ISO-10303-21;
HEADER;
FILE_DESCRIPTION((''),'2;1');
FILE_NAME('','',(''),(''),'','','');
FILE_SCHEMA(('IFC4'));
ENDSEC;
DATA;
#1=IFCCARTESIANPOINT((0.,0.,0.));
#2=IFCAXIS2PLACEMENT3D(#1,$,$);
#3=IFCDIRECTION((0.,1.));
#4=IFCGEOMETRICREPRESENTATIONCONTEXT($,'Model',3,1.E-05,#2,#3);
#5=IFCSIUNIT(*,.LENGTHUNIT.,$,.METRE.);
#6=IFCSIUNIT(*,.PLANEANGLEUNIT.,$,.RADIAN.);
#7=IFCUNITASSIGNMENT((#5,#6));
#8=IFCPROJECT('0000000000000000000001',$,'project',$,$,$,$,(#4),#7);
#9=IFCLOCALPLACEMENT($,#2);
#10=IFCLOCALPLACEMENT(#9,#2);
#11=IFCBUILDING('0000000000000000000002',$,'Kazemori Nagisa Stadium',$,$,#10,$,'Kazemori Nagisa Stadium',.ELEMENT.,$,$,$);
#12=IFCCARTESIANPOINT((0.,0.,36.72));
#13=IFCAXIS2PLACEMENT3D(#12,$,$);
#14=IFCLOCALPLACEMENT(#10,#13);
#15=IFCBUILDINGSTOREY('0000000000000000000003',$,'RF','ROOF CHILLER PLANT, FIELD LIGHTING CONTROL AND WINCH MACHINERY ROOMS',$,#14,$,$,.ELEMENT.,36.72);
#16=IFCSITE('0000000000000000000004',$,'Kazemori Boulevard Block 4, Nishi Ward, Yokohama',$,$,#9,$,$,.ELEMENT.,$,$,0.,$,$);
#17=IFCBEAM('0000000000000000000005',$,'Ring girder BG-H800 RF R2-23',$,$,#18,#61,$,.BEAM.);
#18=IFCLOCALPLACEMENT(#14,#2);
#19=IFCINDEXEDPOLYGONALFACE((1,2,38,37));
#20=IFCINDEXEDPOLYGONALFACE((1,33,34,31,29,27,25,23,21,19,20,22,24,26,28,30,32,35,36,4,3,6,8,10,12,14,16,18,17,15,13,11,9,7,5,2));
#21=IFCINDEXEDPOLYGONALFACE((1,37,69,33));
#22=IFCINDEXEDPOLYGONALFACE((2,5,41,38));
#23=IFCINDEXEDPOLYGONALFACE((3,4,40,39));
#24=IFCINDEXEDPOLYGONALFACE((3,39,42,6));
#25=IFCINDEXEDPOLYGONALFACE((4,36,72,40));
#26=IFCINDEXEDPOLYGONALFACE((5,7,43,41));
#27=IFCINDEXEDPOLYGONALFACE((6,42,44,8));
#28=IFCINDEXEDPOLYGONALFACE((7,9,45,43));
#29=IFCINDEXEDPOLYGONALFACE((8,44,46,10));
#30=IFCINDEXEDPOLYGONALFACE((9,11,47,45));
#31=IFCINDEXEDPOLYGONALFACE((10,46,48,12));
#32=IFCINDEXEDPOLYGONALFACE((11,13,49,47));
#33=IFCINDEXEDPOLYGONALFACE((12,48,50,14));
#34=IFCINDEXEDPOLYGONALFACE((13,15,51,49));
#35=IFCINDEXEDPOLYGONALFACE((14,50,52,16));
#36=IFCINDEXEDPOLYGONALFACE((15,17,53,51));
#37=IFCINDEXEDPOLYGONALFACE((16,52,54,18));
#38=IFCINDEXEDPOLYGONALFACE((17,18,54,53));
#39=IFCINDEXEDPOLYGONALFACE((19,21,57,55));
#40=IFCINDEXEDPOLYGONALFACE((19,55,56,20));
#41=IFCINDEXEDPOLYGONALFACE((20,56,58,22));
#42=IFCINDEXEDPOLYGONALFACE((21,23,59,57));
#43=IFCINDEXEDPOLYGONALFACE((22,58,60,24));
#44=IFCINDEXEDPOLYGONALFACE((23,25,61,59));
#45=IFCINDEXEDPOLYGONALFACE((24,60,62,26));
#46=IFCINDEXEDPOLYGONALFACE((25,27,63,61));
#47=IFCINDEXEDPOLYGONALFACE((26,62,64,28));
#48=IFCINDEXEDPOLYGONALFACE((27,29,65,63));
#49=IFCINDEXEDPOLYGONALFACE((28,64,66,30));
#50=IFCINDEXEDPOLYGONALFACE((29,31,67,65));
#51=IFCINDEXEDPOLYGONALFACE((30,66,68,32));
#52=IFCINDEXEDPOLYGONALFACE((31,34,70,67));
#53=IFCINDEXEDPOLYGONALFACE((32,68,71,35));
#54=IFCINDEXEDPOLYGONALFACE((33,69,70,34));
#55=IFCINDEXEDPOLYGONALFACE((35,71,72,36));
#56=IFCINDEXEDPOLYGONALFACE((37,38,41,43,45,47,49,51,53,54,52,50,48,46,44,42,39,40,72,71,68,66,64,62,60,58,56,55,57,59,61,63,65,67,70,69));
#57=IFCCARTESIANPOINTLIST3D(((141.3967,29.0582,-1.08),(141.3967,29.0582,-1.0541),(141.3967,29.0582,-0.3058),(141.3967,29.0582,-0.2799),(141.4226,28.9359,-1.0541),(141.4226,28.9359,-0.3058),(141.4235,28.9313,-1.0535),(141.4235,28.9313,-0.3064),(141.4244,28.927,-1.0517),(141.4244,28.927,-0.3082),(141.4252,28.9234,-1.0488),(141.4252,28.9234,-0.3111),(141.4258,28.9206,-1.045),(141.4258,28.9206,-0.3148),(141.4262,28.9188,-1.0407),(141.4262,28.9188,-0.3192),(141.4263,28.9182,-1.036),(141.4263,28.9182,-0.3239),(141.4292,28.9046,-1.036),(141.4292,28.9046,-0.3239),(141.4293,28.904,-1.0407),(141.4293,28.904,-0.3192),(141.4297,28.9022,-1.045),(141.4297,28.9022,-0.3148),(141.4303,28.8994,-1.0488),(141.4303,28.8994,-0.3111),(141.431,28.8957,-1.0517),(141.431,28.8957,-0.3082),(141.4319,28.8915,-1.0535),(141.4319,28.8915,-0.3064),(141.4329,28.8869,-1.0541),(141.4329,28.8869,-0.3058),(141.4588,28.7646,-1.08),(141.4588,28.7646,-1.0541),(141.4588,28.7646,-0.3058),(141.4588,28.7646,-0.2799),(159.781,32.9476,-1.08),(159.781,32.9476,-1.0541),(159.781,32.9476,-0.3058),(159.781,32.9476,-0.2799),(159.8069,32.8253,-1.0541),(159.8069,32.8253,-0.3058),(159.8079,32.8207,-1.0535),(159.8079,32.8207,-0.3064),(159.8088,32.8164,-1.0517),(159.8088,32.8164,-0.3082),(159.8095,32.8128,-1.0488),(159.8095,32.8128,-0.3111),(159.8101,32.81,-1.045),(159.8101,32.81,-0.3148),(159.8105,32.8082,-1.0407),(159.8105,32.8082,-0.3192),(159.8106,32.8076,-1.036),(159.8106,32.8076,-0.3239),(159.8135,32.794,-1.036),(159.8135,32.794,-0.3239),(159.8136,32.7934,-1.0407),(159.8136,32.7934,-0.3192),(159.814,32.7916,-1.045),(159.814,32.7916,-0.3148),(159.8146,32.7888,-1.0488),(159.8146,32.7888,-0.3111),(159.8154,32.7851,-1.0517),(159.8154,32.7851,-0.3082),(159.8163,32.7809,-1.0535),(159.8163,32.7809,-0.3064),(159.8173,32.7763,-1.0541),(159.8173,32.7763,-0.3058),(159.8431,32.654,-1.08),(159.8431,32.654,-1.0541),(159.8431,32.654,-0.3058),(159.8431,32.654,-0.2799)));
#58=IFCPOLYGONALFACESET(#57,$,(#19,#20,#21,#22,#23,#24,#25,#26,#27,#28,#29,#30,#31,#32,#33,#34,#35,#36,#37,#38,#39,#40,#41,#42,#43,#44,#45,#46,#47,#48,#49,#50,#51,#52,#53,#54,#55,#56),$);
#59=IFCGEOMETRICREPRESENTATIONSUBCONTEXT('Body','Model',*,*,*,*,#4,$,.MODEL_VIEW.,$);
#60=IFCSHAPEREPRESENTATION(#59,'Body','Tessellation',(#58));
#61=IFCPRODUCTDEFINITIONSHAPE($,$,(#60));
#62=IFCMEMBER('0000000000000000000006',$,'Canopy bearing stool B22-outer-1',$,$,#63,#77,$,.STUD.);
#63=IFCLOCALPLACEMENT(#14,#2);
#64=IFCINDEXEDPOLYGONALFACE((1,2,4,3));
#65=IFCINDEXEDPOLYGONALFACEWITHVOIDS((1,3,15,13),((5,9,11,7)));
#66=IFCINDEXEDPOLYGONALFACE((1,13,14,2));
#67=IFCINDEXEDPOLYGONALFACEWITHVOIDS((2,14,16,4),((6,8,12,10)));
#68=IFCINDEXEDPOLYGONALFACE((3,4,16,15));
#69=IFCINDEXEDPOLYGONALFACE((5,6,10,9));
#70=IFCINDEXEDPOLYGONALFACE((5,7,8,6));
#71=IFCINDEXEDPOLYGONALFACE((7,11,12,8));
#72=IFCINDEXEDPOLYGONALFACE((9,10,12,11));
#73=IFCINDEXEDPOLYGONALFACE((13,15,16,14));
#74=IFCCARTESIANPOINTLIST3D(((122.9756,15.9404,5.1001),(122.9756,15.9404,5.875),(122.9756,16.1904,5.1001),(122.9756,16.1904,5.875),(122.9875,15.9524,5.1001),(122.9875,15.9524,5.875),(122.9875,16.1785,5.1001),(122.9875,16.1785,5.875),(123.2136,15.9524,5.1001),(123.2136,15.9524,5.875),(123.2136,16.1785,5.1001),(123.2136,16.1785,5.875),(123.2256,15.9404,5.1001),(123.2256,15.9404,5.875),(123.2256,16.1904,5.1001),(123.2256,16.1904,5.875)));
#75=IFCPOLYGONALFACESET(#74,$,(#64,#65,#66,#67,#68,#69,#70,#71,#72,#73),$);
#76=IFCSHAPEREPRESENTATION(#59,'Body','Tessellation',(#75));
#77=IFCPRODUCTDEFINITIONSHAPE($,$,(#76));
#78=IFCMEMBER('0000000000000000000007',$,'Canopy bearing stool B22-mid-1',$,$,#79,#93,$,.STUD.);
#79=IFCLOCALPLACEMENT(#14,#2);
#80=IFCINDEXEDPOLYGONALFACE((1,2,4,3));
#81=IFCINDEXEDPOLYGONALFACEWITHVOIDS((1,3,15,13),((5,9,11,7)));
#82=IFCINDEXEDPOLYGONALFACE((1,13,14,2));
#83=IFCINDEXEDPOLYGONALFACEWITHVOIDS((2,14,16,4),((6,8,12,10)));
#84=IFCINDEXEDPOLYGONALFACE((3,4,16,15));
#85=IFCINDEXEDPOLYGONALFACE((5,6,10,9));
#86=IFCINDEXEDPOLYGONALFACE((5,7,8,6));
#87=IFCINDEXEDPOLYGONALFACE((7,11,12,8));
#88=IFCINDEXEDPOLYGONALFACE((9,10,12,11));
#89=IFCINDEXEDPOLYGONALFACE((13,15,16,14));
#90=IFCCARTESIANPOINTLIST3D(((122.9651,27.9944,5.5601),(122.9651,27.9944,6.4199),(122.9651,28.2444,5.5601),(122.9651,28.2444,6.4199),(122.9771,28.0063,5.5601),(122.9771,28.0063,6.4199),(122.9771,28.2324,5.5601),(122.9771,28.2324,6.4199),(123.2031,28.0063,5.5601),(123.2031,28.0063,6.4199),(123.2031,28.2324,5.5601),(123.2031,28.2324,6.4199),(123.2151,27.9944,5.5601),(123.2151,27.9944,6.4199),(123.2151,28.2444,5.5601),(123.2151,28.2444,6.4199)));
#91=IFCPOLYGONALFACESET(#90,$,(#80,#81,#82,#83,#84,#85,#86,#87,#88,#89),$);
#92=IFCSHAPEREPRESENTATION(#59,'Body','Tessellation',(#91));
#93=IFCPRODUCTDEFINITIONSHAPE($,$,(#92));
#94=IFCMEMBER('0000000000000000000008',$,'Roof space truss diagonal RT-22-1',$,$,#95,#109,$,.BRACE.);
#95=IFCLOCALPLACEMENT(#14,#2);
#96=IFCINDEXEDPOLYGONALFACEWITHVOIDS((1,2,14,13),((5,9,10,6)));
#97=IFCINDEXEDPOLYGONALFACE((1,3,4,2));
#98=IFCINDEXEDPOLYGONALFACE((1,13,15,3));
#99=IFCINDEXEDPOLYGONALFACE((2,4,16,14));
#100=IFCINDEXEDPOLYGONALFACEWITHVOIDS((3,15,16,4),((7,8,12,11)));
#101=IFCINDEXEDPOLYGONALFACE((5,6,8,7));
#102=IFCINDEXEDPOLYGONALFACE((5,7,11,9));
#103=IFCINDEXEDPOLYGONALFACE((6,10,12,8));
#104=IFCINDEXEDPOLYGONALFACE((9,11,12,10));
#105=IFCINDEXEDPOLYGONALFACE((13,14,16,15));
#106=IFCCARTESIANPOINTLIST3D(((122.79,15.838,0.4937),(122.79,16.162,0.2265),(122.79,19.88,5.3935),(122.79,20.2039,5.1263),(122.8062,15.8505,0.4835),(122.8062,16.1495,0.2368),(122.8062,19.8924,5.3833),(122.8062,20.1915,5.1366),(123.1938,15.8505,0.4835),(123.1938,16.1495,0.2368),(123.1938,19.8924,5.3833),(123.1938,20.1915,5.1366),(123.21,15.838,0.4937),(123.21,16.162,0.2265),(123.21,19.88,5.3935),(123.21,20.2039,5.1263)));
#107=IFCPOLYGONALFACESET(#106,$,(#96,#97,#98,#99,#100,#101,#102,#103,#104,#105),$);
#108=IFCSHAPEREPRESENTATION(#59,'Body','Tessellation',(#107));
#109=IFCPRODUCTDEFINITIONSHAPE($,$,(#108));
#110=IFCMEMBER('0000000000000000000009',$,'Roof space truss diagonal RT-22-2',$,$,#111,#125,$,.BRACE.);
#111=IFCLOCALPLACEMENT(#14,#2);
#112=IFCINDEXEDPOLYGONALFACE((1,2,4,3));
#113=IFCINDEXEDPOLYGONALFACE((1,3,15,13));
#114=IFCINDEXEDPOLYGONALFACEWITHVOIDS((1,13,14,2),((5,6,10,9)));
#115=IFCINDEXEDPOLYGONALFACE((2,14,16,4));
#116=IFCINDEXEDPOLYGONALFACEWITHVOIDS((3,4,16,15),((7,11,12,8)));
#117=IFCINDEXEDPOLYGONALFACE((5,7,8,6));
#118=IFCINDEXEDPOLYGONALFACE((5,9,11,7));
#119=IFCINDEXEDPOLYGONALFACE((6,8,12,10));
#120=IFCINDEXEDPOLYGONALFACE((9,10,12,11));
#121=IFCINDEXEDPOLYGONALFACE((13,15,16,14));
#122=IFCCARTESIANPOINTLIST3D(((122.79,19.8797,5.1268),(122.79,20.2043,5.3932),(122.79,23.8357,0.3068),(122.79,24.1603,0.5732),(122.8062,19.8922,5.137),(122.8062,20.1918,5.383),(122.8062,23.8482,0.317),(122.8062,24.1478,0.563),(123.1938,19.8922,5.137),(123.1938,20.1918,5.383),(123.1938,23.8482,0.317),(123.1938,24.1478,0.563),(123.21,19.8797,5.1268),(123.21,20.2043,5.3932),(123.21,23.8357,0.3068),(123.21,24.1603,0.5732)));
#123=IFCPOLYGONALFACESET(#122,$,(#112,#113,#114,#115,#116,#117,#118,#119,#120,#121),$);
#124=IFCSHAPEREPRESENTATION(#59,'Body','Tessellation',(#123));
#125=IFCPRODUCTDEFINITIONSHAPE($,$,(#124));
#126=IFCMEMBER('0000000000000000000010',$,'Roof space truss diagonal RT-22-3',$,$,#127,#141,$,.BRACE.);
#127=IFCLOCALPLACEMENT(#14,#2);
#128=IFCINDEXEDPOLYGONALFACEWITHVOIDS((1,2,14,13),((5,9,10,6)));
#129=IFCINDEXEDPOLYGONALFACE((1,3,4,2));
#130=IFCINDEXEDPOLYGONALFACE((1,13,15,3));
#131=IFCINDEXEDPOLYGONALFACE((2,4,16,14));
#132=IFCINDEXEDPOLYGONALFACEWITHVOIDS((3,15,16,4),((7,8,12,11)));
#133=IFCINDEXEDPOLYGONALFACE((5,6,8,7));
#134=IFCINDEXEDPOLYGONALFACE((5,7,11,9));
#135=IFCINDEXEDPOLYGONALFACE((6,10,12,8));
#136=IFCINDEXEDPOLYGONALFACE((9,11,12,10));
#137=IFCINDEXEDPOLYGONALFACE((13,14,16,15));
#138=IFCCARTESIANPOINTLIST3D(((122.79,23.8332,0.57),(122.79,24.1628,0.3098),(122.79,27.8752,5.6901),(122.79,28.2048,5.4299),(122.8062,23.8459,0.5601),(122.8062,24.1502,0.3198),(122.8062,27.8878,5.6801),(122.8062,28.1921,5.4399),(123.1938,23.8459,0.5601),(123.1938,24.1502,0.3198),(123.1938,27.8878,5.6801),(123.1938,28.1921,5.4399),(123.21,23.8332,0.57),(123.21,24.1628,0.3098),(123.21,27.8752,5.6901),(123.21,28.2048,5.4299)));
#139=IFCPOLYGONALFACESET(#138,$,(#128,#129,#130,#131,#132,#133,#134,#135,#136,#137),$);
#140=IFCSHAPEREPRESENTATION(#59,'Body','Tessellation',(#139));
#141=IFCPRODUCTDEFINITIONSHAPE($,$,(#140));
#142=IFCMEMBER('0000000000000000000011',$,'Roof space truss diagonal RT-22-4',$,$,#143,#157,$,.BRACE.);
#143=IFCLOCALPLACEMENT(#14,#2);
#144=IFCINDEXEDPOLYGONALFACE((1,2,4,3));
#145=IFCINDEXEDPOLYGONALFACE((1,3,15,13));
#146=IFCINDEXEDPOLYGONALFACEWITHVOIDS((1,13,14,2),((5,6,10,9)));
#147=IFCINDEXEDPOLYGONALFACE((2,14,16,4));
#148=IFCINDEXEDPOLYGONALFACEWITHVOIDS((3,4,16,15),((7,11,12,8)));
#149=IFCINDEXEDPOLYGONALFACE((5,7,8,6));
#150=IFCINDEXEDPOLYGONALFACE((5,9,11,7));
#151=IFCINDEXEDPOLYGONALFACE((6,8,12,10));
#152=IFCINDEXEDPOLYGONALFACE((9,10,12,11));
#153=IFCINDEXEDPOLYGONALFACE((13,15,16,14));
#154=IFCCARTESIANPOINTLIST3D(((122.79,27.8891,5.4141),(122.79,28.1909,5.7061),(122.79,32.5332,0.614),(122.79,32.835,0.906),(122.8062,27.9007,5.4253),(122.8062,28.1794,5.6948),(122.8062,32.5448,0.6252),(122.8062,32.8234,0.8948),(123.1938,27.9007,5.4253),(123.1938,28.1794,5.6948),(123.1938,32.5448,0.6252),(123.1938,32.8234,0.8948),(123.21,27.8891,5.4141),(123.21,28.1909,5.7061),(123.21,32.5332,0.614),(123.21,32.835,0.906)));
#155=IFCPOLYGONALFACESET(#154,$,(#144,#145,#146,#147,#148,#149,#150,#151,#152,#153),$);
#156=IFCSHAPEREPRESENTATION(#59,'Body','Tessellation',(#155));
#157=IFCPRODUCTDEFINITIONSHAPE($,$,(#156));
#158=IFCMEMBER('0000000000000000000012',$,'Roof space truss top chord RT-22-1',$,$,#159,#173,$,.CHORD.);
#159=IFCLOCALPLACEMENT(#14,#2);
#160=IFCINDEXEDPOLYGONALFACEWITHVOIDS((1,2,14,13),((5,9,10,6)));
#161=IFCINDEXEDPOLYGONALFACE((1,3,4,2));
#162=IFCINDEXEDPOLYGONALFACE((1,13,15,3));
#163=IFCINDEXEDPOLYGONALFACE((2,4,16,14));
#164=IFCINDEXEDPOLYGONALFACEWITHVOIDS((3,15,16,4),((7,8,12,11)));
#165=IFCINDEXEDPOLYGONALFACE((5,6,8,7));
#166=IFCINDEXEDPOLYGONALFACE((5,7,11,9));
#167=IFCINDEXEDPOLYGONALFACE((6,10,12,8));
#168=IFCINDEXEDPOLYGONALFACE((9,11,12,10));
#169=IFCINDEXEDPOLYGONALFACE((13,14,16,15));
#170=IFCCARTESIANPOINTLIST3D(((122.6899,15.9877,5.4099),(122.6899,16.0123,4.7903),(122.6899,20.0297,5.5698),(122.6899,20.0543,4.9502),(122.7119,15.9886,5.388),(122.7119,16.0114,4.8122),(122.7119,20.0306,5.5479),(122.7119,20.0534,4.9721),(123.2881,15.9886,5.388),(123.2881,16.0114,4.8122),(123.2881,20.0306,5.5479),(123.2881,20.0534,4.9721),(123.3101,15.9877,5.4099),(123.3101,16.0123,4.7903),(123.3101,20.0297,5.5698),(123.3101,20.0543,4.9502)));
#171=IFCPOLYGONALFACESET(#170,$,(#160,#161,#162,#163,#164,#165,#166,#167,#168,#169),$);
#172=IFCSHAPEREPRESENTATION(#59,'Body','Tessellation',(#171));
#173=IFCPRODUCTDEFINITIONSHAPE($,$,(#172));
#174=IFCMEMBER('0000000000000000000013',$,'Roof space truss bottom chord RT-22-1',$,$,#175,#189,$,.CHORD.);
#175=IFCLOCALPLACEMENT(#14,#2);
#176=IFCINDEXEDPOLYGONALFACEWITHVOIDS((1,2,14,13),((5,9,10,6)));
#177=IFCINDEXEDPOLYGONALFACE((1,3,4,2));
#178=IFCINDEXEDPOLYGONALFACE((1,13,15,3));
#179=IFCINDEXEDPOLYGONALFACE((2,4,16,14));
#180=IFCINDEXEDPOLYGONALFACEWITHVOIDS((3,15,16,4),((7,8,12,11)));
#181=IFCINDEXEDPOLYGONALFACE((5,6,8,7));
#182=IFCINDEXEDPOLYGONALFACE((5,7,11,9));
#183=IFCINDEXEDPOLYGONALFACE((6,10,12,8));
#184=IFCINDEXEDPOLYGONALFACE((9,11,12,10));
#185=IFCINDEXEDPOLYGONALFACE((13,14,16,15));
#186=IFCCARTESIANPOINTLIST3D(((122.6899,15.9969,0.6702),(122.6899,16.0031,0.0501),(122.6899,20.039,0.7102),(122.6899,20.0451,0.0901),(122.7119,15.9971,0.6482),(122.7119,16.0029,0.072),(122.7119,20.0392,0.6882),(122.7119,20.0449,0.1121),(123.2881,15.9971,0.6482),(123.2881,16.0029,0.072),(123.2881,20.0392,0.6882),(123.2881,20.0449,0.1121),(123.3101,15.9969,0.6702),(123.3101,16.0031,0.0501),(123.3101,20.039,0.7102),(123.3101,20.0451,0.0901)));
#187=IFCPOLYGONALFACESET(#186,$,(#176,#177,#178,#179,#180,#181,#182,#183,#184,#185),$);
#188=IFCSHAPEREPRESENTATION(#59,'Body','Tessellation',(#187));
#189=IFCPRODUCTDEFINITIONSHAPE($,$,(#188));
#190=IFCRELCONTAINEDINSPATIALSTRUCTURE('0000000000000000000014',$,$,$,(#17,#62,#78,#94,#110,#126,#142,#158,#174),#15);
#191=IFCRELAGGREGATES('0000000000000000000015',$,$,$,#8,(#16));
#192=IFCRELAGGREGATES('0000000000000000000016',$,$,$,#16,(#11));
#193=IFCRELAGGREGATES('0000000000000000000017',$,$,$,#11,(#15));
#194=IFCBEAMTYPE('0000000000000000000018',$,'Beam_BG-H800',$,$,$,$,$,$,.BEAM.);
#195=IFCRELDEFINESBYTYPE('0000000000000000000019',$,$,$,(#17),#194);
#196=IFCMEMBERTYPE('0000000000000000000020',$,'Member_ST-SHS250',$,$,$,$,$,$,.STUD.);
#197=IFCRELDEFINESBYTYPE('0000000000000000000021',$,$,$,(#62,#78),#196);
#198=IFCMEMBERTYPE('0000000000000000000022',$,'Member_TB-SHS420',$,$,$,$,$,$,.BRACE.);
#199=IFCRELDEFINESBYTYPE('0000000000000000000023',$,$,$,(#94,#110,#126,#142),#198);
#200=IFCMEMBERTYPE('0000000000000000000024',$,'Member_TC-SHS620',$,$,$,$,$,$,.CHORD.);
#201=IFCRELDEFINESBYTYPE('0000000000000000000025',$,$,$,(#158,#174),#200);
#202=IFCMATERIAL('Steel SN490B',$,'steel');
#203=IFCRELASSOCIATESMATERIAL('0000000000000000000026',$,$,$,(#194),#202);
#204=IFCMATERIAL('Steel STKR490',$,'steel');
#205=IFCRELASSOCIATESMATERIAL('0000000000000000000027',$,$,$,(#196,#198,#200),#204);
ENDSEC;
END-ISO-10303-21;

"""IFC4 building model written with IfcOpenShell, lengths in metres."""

from ifc_helpers import new_model, si_unit, direction, frame, origin, origin_2d, place, context, subcontext, project, spatial, hollow_rectangle, i_section, extrude, material, material_profile, profile_set, type_object, element, save


model = new_model("IFC4")

# Units and contexts
model_context = context("Model", 3, precision=1e-05, world=origin(), true_north=direction((0.0, 1.0)))
body_context = subcontext(model_context, "Body", "Model", "MODEL_VIEW")
ifc_project = project(units=[si_unit("LENGTHUNIT", "METRE"), si_unit("PLANEANGLEUNIT", "RADIAN")], contexts=[model_context])

# Site, building, storey
site_placement = place(None, origin())
site = spatial("IfcSite", under=ifc_project, at=site_placement, Name="Kazemori Boulevard Block 4, Nishi Ward, Yokohama", CompositionType="ELEMENT", RefElevation=0.0)
building_placement = place(site_placement, origin())
building = spatial("IfcBuilding", under=site, at=building_placement, Name="Kazemori Nagisa Stadium", LongName="Kazemori Nagisa Stadium", CompositionType="ELEMENT")
storey_placement = place(building_placement, frame((0.0, 0.0, 36.72)))
storey = spatial("IfcBuildingStorey", under=building, at=storey_placement, Name="RF", Description="ROOF CHILLER PLANT, FIELD LIGHTING CONTROL AND WINCH MACHINERY ROOMS", CompositionType="ELEMENT", Elevation=36.72)

# Shared definitions
ifc_material_1 = material(Name="Steel SN490B", Category="steel")

# Beam
ifc_material_profile_1 = material_profile(ifc_material_1, i_section(OverallWidth=0.3, OverallDepth=0.8, WebThickness=0.0139, FlangeThickness=0.0259, FilletRadius=0.0181, at=origin_2d()), Name="H-800x300x14x26")
ifc_profile_set_1 = profile_set([ifc_material_profile_1], Name="Steel SN490B")
beam_type_1 = type_object("IfcBeamType", Name="Beam_BG-H800", PredefinedType="BEAM", material=ifc_profile_set_1)
beam_1_placement = place(storey_placement, frame((141.4277, 28.9114, -0.6799), z_axis=(0.978345, 0.20698, 0.0), x_axis=(-0.20698, 0.978345, 0.0)))
element("IfcBeam", 1, at=beam_1_placement, inside=storey, type_object=beam_type_1, Name="Ring girder BG-H800 RF R2-23", PredefinedType="BEAM", context=body_context, shape_type="SweptSolid", body=[
    extrude(i_section(OverallWidth=0.3, OverallDepth=0.8, WebThickness=0.0139, FlangeThickness=0.0259, FilletRadius=0.0181, at=origin_2d()), origin(), (0.0, 0.0, 1.0), 18.7913),
])

# Members
ifc_material_2 = material(Name="Steel STKR490", Category="steel")
ifc_material_profile_2 = material_profile(ifc_material_2, hollow_rectangle(XDim=0.25, YDim=0.25, WallThickness=0.012, at=origin_2d()), Name="SHS-250x250x12")
ifc_profile_set_2 = profile_set([ifc_material_profile_2], Name="Steel STKR490")
member_type_1 = type_object("IfcMemberType", Name="Member_ST-SHS250", PredefinedType="STUD", material=ifc_profile_set_2)
member_1_placement = place(storey_placement, frame((123.1006, 16.0654, 5.1001), z_axis=(0.0, 0.0, 1.0), x_axis=(1.0, 0.0, 0.0)))
element("IfcMember", 2, at=member_1_placement, inside=storey, type_object=member_type_1, Name="Canopy bearing stool B22-outer-1", PredefinedType="STUD", context=body_context, shape_type="SweptSolid", body=[
    extrude(hollow_rectangle(XDim=0.25, YDim=0.25, WallThickness=0.012, at=origin_2d()), origin(), (0.0, 0.0, 1.0), 0.7749),
])
member_2_placement = place(storey_placement, frame((123.0901, 28.1194, 5.5601), z_axis=(0.0, 0.0, 1.0), x_axis=(1.0, 0.0, 0.0)))
element("IfcMember", 3, at=member_2_placement, inside=storey, type_object=member_type_1, Name="Canopy bearing stool B22-mid-1", PredefinedType="STUD", context=body_context, shape_type="SweptSolid", body=[
    extrude(hollow_rectangle(XDim=0.25, YDim=0.25, WallThickness=0.012, at=origin_2d()), origin(), (0.0, 0.0, 1.0), 0.8599),
])
ifc_material_profile_3 = material_profile(ifc_material_2, hollow_rectangle(XDim=0.4199, YDim=0.4199, WallThickness=0.0161, at=origin_2d()), Name="SHS-420x420x16")
ifc_profile_set_3 = profile_set([ifc_material_profile_3], Name="Steel STKR490")
member_type_2 = type_object("IfcMemberType", Name="Member_TB-SHS420", PredefinedType="BRACE", material=ifc_profile_set_3)
member_3_placement = place(storey_placement, frame((123.0, 16.0, 0.3601), z_axis=(0.0, 0.636343, 0.771406), x_axis=(-1.0, 0.0, 0.0)))
element("IfcMember", 4, at=member_3_placement, inside=storey, type_object=member_type_2, Name="Roof space truss diagonal RT-22-1", PredefinedType="BRACE", context=body_context, shape_type="SweptSolid", body=[
    extrude(hollow_rectangle(XDim=0.4199, YDim=0.4199, WallThickness=0.0161, at=origin_2d()), origin(), (0.0, 0.0, 1.0), 6.3518),
])
member_4_placement = place(storey_placement, frame((123.0, 20.042, 5.26), z_axis=(0.0, 0.634425, -0.772985), x_axis=(-1.0, 0.0, 0.0)))
element("IfcMember", 5, at=member_4_placement, inside=storey, type_object=member_type_2, Name="Roof space truss diagonal RT-22-2", PredefinedType="BRACE", context=body_context, shape_type="SweptSolid", body=[
    extrude(hollow_rectangle(XDim=0.4199, YDim=0.4199, WallThickness=0.0161, at=origin_2d()), origin(), (0.0, 0.0, 1.0), 6.2356),
])
member_5_placement = place(storey_placement, frame((123.0, 23.998, 0.4399), z_axis=(0.0, 0.619625, 0.784898), x_axis=(-1.0, 0.0, 0.0)))
element("IfcMember", 6, at=member_5_placement, inside=storey, type_object=member_type_2, Name="Roof space truss diagonal RT-22-3", PredefinedType="BRACE", context=body_context, shape_type="SweptSolid", body=[
    extrude(hollow_rectangle(XDim=0.4199, YDim=0.4199, WallThickness=0.0161, at=origin_2d()), origin(), (0.0, 0.0, 1.0), 6.5232),
])
member_6_placement = place(storey_placement, frame((123.0, 28.04, 5.5601), z_axis=(0.0, 0.695331, -0.718689), x_axis=(-1.0, 0.0, 0.0)))
element("IfcMember", 7, at=member_6_placement, inside=storey, type_object=member_type_2, Name="Roof space truss diagonal RT-22-4", PredefinedType="BRACE", context=body_context, shape_type="SweptSolid", body=[
    extrude(hollow_rectangle(XDim=0.4199, YDim=0.4199, WallThickness=0.0161, at=origin_2d()), origin(), (0.0, 0.0, 1.0), 6.679),
])
ifc_material_profile_4 = material_profile(ifc_material_2, hollow_rectangle(XDim=0.6201, YDim=0.6201, WallThickness=0.022, at=origin_2d()), Name="SHS-620x620x22")
ifc_profile_set_4 = profile_set([ifc_material_profile_4], Name="Steel STKR490")
member_type_3 = type_object("IfcMemberType", Name="Member_TC-SHS620", PredefinedType="CHORD", material=ifc_profile_set_4)
member_7_placement = place(storey_placement, frame((123.0, 16.0, 5.1001), z_axis=(0.0, 0.999218, 0.039532), x_axis=(-1.0, 0.0, 0.0)))
element("IfcMember", 8, at=member_7_placement, inside=storey, type_object=member_type_3, Name="Roof space truss top chord RT-22-1", PredefinedType="CHORD", context=body_context, shape_type="SweptSolid", body=[
    extrude(hollow_rectangle(XDim=0.6201, YDim=0.6201, WallThickness=0.022, at=origin_2d()), origin(), (0.0, 0.0, 1.0), 4.0452),
])
member_8_placement = place(storey_placement, frame((123.0, 16.0, 0.3601), z_axis=(0.0, 0.999951, 0.009905), x_axis=(-1.0, 0.0, 0.0)))
element("IfcMember", 9, at=member_8_placement, inside=storey, type_object=member_type_3, Name="Roof space truss bottom chord RT-22-1", PredefinedType="CHORD", context=body_context, shape_type="SweptSolid", body=[
    extrude(hollow_rectangle(XDim=0.6201, YDim=0.6201, WallThickness=0.022, at=origin_2d()), origin(), (0.0, 0.0, 1.0), 4.0422),
])

save(model, "model.ifc")
